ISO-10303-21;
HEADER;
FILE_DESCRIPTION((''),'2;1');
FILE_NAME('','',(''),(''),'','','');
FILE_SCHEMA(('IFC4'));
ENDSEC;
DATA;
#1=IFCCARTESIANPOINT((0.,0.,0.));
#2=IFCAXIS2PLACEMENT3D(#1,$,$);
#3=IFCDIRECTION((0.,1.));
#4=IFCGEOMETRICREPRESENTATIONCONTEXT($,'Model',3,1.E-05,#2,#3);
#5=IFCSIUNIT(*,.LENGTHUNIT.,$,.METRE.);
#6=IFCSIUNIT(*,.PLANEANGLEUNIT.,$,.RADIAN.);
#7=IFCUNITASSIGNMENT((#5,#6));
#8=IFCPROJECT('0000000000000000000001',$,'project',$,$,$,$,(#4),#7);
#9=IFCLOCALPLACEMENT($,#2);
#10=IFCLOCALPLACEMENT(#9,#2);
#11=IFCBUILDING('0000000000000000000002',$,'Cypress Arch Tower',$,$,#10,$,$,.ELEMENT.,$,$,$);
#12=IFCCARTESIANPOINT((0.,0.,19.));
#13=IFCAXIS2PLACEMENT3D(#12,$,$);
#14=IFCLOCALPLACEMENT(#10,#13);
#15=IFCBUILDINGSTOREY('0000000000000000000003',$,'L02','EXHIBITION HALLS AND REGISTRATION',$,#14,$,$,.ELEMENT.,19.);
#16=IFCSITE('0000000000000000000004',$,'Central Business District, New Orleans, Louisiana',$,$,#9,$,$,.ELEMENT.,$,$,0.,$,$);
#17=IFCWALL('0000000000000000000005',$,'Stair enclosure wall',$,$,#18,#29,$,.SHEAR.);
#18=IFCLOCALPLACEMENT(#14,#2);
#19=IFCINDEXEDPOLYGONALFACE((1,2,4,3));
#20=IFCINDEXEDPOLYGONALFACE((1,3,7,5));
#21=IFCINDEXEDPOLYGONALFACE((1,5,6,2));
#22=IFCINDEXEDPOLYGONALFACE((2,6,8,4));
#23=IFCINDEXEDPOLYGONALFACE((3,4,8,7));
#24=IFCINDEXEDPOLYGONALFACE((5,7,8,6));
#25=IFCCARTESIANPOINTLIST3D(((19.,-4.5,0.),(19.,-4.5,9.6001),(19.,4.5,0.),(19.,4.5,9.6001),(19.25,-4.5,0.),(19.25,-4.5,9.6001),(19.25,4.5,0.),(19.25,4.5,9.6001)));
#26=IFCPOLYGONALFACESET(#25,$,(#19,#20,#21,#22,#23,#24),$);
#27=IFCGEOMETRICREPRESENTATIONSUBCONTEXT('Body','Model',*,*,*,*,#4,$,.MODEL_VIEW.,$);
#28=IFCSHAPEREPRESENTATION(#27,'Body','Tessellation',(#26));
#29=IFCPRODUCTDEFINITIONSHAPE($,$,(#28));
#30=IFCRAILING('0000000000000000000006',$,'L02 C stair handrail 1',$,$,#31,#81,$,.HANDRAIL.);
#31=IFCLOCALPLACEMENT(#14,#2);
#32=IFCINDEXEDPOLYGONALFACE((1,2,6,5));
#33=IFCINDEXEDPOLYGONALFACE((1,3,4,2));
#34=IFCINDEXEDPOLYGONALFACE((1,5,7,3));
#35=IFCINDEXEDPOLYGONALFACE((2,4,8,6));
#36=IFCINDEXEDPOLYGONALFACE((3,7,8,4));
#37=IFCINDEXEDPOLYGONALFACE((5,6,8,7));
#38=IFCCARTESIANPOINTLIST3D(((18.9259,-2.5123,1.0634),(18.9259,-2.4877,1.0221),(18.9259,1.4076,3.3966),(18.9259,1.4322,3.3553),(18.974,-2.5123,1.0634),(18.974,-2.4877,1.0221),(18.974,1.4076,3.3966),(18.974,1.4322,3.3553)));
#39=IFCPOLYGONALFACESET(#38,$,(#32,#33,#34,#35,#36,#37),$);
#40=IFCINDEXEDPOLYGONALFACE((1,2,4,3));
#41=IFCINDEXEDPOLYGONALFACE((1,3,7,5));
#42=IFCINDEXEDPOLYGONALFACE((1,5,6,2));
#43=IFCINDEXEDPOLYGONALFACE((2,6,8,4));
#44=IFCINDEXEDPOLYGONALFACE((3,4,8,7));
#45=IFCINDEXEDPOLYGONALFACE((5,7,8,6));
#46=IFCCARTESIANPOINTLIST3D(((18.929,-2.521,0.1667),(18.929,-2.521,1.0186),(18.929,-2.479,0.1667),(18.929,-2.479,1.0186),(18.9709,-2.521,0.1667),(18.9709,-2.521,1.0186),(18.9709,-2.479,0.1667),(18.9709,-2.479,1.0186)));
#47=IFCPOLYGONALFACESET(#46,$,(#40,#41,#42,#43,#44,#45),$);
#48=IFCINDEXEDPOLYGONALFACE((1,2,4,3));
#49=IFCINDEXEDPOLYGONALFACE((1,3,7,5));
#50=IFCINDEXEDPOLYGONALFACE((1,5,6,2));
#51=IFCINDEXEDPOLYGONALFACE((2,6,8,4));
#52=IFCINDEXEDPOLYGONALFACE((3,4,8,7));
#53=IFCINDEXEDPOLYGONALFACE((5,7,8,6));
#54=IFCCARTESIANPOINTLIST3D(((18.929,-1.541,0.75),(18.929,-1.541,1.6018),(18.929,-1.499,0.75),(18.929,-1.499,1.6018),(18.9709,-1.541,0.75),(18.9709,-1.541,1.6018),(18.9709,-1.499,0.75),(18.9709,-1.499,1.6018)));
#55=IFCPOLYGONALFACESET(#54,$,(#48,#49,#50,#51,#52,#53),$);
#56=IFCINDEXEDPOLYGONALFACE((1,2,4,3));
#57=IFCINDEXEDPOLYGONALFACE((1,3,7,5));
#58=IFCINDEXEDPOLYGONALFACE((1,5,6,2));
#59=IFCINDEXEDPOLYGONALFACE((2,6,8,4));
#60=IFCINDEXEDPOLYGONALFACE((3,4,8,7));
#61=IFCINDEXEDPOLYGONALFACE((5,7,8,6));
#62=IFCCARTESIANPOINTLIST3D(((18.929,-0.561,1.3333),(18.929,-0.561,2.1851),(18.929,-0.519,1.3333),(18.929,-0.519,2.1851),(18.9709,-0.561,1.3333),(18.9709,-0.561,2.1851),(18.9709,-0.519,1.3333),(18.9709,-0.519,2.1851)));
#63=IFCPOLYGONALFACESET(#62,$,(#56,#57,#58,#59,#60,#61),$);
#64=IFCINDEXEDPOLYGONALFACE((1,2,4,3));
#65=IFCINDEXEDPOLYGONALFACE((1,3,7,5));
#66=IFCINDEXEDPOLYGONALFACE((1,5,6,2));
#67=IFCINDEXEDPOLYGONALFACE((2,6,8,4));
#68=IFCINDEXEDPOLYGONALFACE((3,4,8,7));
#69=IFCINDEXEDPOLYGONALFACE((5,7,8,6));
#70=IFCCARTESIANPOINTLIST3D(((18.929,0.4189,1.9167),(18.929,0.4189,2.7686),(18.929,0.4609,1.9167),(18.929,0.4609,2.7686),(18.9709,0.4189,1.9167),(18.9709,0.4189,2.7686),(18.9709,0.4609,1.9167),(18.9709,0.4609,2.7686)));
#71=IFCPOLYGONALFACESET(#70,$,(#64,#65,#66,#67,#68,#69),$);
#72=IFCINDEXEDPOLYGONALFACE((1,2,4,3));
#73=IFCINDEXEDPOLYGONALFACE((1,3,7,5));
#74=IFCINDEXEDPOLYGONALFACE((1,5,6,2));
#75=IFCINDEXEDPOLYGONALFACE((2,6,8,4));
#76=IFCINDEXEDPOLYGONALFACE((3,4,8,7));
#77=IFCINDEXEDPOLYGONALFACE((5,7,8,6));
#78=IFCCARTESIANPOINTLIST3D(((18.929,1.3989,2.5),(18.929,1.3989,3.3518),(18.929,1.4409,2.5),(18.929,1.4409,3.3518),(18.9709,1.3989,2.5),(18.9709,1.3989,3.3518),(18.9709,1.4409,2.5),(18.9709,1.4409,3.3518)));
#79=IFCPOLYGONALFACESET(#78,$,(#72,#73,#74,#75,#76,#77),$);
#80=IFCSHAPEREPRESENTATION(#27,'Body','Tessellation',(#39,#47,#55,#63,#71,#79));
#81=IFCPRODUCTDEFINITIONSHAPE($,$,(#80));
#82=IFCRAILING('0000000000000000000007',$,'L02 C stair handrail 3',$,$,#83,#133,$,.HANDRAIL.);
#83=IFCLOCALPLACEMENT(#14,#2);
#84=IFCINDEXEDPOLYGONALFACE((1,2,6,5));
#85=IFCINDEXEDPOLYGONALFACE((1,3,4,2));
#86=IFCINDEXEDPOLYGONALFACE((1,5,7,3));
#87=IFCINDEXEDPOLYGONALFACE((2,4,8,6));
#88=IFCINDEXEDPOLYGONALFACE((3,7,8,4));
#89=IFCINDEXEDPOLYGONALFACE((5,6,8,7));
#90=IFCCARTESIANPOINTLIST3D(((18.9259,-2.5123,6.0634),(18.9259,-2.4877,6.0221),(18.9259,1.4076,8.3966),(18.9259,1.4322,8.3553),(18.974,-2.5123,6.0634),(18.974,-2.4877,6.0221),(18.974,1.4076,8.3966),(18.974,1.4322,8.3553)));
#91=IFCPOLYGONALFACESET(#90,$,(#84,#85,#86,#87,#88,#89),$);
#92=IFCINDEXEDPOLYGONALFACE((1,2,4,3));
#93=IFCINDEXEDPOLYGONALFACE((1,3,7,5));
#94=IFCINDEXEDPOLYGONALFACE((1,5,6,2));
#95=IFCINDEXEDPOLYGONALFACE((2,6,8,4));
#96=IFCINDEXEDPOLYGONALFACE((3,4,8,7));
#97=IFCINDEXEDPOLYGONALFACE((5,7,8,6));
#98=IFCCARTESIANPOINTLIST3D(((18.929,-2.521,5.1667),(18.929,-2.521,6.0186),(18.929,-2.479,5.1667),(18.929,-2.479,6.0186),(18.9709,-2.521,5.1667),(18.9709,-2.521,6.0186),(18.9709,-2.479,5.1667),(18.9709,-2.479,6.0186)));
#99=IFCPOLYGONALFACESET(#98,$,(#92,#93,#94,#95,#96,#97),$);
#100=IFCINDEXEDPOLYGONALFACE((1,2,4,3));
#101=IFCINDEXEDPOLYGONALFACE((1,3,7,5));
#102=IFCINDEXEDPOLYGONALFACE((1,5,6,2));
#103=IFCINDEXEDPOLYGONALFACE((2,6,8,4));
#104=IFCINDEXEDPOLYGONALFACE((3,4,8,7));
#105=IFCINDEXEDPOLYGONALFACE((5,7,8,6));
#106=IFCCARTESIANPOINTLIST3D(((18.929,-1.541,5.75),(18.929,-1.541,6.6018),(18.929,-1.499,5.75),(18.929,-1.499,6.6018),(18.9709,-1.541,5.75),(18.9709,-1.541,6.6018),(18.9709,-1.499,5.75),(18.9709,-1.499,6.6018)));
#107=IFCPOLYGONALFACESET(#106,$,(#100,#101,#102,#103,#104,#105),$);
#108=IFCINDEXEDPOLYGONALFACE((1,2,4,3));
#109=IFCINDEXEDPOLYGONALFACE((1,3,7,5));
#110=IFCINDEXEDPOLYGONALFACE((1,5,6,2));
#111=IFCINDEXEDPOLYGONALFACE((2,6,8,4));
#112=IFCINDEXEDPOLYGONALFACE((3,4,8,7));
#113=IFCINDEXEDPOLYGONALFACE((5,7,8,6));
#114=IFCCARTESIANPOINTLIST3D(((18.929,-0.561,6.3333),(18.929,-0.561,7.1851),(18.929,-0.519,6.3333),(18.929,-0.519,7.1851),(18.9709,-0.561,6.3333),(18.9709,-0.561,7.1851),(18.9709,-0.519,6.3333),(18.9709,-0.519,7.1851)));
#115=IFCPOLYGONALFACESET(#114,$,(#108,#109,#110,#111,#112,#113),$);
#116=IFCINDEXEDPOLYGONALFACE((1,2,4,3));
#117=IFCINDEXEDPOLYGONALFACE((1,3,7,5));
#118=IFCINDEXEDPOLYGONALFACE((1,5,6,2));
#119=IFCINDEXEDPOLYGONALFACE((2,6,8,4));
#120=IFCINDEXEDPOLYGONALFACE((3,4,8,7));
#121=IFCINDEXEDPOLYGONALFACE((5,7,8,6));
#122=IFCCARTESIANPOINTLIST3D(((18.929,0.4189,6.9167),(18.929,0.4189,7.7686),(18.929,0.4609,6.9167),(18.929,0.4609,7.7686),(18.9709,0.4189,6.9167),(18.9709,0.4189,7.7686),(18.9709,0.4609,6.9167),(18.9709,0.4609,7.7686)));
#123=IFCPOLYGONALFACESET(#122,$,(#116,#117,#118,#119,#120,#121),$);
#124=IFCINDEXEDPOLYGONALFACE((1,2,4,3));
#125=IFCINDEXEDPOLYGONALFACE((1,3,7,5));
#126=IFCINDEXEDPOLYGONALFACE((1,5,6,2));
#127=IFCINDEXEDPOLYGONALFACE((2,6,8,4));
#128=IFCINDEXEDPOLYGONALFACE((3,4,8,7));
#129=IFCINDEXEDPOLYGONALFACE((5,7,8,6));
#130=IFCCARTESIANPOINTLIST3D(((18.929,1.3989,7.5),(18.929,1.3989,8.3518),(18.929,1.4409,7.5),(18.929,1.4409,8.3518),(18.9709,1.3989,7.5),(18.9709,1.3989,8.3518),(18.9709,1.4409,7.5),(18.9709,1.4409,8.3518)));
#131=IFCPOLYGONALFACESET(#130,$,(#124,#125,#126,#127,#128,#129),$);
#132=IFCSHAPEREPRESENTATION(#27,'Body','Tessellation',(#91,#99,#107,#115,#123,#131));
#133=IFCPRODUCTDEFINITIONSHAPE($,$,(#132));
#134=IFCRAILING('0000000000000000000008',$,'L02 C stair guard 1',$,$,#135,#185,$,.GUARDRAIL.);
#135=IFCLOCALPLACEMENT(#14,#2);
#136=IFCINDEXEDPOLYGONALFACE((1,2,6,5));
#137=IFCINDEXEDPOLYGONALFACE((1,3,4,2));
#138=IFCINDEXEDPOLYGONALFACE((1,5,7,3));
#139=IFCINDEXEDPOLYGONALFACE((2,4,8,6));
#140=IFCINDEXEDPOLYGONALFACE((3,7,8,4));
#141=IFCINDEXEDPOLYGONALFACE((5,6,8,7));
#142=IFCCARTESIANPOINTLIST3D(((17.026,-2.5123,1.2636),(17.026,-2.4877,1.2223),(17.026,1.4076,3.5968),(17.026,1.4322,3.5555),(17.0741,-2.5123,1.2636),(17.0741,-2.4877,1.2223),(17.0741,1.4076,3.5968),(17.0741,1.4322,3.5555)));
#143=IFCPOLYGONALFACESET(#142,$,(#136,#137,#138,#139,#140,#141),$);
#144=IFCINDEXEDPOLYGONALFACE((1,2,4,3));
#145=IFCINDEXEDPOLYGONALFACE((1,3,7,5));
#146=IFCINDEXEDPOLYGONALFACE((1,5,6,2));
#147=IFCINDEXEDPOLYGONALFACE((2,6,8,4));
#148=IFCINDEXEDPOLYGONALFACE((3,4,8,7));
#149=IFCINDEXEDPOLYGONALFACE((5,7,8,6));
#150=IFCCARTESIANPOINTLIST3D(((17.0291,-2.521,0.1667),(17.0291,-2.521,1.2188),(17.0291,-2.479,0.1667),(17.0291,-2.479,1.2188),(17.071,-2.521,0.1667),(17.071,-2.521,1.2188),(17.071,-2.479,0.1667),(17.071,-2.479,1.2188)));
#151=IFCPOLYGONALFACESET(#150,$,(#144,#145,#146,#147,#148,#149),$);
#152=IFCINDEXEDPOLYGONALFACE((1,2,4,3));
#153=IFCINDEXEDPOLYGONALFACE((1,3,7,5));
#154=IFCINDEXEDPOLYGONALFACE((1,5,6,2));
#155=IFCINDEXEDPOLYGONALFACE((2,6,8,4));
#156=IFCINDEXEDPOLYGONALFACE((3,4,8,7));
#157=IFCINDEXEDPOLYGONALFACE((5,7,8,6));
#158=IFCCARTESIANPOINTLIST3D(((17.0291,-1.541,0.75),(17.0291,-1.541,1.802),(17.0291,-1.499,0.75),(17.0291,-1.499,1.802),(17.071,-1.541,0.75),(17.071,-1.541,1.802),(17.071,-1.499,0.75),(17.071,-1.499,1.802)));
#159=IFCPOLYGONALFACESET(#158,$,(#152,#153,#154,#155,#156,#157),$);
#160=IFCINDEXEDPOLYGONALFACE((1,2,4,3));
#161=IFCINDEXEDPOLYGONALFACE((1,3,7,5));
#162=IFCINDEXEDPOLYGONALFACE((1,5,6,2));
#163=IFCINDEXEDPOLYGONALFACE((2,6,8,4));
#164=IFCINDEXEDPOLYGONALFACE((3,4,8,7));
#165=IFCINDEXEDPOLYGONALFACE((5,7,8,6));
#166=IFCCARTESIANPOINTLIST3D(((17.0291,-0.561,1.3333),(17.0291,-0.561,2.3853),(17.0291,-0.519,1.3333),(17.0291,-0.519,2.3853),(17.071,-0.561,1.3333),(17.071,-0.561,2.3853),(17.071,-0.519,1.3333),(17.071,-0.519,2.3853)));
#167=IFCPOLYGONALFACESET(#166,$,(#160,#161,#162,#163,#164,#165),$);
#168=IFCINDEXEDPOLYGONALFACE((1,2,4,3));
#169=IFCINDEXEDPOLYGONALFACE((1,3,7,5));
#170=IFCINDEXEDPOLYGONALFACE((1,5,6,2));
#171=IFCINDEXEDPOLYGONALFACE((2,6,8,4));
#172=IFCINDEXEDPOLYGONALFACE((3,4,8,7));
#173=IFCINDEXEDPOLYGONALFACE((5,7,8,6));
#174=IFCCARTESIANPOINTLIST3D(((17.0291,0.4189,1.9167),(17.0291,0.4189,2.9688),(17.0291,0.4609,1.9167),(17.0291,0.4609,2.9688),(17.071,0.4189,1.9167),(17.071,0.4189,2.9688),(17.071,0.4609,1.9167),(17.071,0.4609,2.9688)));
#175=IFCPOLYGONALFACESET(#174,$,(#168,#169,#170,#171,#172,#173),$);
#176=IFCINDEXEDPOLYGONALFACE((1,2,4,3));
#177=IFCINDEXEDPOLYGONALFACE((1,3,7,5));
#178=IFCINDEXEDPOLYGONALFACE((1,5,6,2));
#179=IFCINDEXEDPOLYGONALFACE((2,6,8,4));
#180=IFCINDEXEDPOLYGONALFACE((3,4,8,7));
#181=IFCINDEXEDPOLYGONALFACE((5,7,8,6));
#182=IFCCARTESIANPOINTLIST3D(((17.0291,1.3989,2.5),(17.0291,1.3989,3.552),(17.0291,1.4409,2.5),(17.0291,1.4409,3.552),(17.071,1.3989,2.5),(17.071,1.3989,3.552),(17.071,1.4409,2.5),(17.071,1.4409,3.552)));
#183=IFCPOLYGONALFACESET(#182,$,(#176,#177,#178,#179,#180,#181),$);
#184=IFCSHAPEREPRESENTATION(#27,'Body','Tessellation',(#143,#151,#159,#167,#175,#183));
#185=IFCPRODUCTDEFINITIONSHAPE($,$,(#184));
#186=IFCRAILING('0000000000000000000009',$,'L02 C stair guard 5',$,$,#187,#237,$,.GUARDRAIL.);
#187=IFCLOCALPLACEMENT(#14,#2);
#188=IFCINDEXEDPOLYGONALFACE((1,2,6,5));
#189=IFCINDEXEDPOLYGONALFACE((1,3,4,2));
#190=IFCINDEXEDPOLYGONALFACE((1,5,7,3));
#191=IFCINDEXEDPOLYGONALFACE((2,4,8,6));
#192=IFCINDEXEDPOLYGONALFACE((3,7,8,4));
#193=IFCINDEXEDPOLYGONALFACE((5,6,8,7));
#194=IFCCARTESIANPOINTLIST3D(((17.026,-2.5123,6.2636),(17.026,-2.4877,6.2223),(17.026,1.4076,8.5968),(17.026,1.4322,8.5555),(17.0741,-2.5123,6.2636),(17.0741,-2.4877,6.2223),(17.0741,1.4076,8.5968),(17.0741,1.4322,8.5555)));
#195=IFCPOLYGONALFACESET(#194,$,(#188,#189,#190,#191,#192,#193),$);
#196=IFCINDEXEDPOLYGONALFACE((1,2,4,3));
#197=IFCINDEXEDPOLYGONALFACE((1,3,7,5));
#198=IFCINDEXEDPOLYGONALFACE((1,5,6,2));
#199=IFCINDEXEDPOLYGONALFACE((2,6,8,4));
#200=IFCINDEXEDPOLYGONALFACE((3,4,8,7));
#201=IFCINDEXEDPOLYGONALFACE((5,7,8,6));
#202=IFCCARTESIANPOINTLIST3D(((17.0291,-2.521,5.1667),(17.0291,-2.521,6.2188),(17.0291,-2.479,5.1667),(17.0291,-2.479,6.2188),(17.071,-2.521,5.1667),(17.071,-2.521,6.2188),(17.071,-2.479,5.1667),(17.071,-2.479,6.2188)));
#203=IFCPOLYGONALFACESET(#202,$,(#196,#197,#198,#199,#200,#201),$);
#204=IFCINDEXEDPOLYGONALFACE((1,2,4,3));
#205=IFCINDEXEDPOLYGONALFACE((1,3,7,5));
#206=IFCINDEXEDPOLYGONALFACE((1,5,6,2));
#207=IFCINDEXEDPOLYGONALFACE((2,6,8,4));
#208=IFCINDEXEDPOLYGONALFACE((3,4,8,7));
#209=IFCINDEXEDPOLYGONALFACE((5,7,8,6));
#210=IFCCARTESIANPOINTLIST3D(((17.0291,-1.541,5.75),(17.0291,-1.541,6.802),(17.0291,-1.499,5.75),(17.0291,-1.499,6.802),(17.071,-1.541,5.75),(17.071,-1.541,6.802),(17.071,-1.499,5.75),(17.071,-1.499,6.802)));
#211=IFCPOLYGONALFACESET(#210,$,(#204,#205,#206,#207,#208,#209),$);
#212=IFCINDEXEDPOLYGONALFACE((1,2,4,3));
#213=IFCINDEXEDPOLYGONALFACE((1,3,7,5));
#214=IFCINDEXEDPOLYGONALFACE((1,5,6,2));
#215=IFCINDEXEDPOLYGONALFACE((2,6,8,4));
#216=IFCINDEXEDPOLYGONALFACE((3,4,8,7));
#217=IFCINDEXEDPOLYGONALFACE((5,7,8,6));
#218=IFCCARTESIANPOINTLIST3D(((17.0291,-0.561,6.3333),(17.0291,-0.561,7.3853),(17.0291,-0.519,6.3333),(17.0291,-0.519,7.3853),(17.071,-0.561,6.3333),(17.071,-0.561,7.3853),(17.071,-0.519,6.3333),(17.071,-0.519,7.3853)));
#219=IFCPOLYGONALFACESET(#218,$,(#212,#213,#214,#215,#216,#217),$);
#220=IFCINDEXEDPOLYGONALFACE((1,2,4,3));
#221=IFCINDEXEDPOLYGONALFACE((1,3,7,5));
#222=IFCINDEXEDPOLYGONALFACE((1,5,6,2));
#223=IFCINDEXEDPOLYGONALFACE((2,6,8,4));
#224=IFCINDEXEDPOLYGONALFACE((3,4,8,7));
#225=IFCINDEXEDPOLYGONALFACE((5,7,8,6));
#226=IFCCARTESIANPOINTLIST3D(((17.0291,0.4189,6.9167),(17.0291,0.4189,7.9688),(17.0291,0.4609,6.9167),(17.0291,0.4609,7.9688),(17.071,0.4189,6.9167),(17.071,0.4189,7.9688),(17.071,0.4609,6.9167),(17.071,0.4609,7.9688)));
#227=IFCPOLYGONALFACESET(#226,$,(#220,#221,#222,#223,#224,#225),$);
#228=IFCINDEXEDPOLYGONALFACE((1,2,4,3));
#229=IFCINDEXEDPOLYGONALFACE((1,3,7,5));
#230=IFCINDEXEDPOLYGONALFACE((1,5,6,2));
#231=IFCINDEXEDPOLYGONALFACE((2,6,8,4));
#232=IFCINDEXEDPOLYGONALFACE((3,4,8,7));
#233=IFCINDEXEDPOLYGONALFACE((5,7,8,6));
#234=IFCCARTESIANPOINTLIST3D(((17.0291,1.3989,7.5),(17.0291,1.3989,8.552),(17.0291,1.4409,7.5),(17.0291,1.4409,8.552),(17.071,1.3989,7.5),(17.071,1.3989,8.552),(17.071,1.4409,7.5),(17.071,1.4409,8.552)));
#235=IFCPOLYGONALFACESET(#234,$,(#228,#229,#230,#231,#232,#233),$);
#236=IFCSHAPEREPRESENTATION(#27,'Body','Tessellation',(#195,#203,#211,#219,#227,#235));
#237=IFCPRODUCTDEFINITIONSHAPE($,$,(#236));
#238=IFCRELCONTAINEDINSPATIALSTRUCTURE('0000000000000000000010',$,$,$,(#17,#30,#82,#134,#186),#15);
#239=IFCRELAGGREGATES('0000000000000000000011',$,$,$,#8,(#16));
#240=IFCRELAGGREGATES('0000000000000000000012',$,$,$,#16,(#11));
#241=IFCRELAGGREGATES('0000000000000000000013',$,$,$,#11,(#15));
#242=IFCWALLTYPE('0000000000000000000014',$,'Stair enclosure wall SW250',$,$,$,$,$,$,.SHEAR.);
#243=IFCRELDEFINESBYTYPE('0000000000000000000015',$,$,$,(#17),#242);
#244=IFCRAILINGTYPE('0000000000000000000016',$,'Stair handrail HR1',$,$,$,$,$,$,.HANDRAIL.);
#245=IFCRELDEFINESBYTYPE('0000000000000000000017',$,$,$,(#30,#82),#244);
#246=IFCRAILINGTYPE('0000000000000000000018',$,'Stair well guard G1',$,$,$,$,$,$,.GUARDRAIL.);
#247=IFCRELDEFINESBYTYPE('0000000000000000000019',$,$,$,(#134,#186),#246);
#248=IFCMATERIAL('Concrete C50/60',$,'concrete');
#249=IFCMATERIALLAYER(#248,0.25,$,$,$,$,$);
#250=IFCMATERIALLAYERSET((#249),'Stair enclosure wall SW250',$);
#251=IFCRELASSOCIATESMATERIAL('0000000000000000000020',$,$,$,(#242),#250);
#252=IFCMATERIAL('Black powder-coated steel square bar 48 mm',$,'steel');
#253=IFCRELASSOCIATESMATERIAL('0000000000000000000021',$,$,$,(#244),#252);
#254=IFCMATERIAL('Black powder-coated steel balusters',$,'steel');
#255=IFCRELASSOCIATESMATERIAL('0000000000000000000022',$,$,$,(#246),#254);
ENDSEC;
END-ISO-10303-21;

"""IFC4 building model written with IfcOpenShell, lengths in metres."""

from ifc_helpers import new_model, si_unit, direction, frame, frame_2d, origin, origin_2d, place, context, subcontext, project, spatial, rectangle, extrude, material, layer, layer_set, type_object, element, save


model = new_model("IFC4")

# Units and contexts
model_context = context("Model", 3, precision=1e-05, world=origin(), true_north=direction((0.0, 1.0)))
body_context = subcontext(model_context, "Body", "Model", "MODEL_VIEW")
ifc_project = project(units=[si_unit("LENGTHUNIT", "METRE"), si_unit("PLANEANGLEUNIT", "RADIAN")], contexts=[model_context])

# Site, building, storey
site_placement = place(None, origin())
site = spatial("IfcSite", under=ifc_project, at=site_placement, Name="Central Business District, New Orleans, Louisiana", CompositionType="ELEMENT", RefElevation=0.0)
building_placement = place(site_placement, origin())
building = spatial("IfcBuilding", under=site, at=building_placement, Name="Cypress Arch Tower", CompositionType="ELEMENT")
storey_placement = place(building_placement, frame((0.0, 0.0, 19.0)))
storey = spatial("IfcBuildingStorey", under=building, at=storey_placement, Name="L02", Description="EXHIBITION HALLS AND REGISTRATION", CompositionType="ELEMENT", Elevation=19.0)

# Wall
ifc_material_1 = material(Name="Concrete C50/60", Category="concrete")
ifc_layer_1 = layer(ifc_material_1, 0.25)
ifc_layer_set_1 = layer_set([ifc_layer_1], Name="Stair enclosure wall SW250")
wall_type_1 = type_object("IfcWallType", Name="Stair enclosure wall SW250", PredefinedType="SHEAR", material=ifc_layer_set_1)
wall_1_placement = place(storey_placement, frame((19.125, -4.5, 0.0), z_axis=(0.0, 0.0, 1.0), x_axis=(0.0, 1.0, 0.0)))
element("IfcWall", 1, at=wall_1_placement, inside=storey, type_object=wall_type_1, Name="Stair enclosure wall", PredefinedType="SHEAR", context=body_context, shape_type="SweptSolid", body=[
    extrude(rectangle(XDim=9.0, YDim=0.25, at=frame_2d((4.5, 0.0))), origin(), (0.0, 0.0, 1.0), 9.6001),
])

# Railings
ifc_material_2 = material(Name="Black powder-coated steel square bar 48 mm", Category="steel")
railing_type_1 = type_object("IfcRailingType", Name="Stair handrail HR1", PredefinedType="HANDRAIL", material=ifc_material_2)
for number, where, name in (
    (2, (18.95, -2.5, 0.1667), "L02 C stair handrail 1"),
    (3, (18.95, -2.5, 5.1667), "L02 C stair handrail 3"),
):
    element("IfcRailing", number, at=place(storey_placement, frame(where)), inside=storey, type_object=railing_type_1, Name=name, PredefinedType="HANDRAIL", context=body_context, shape_type="SweptSolid", body=[
        extrude(rectangle(XDim=0.0481, YDim=0.0481, at=origin_2d()), frame((0.0, 0.0, 0.876), z_axis=(0.0, 0.859296, 0.511478), x_axis=(-1.0, 0.0, 0.0)), (0.0, 0.0, 1.0), 4.5618),
        extrude(rectangle(XDim=0.042, YDim=0.042, at=origin_2d()), origin(), (0.0, 0.0, 1.0), 0.8518),
        extrude(rectangle(XDim=0.042, YDim=0.042, at=origin_2d()), frame((0.0, 0.98, 0.5833)), (0.0, 0.0, 1.0), 0.8518),
        extrude(rectangle(XDim=0.042, YDim=0.042, at=origin_2d()), frame((0.0, 1.96, 1.1665)), (0.0, 0.0, 1.0), 0.8518),
        extrude(rectangle(XDim=0.042, YDim=0.042, at=origin_2d()), frame((0.0, 2.9399, 1.75)), (0.0, 0.0, 1.0), 0.8518),
        extrude(rectangle(XDim=0.042, YDim=0.042, at=origin_2d()), frame((0.0, 3.9199, 2.3333)), (0.0, 0.0, 1.0), 0.8518),
    ])
ifc_material_3 = material(Name="Black powder-coated steel balusters", Category="steel")
railing_type_2 = type_object("IfcRailingType", Name="Stair well guard G1", PredefinedType="GUARDRAIL", material=ifc_material_3)
for number, where, name in (
    (4, (17.05, -2.5, 0.1667), "L02 C stair guard 1"),
    (5, (17.05, -2.5, 5.1667), "L02 C stair guard 5"),
):
    element("IfcRailing", number, at=place(storey_placement, frame(where)), inside=storey, type_object=railing_type_2, Name=name, PredefinedType="GUARDRAIL", context=body_context, shape_type="SweptSolid", body=[
        extrude(rectangle(XDim=0.0481, YDim=0.0481, at=origin_2d()), frame((0.0, 0.0, 1.0762), z_axis=(0.0, 0.859296, 0.511478), x_axis=(-1.0, 0.0, 0.0)), (0.0, 0.0, 1.0), 4.5618),
        extrude(rectangle(XDim=0.042, YDim=0.042, at=origin_2d()), origin(), (0.0, 0.0, 1.0), 1.052),
        extrude(rectangle(XDim=0.042, YDim=0.042, at=origin_2d()), frame((0.0, 0.98, 0.5833)), (0.0, 0.0, 1.0), 1.052),
        extrude(rectangle(XDim=0.042, YDim=0.042, at=origin_2d()), frame((0.0, 1.96, 1.1665)), (0.0, 0.0, 1.0), 1.052),
        extrude(rectangle(XDim=0.042, YDim=0.042, at=origin_2d()), frame((0.0, 2.9399, 1.75)), (0.0, 0.0, 1.0), 1.052),
        extrude(rectangle(XDim=0.042, YDim=0.042, at=origin_2d()), frame((0.0, 3.9199, 2.3333)), (0.0, 0.0, 1.0), 1.052),
    ])

save(model, "model.ifc")
